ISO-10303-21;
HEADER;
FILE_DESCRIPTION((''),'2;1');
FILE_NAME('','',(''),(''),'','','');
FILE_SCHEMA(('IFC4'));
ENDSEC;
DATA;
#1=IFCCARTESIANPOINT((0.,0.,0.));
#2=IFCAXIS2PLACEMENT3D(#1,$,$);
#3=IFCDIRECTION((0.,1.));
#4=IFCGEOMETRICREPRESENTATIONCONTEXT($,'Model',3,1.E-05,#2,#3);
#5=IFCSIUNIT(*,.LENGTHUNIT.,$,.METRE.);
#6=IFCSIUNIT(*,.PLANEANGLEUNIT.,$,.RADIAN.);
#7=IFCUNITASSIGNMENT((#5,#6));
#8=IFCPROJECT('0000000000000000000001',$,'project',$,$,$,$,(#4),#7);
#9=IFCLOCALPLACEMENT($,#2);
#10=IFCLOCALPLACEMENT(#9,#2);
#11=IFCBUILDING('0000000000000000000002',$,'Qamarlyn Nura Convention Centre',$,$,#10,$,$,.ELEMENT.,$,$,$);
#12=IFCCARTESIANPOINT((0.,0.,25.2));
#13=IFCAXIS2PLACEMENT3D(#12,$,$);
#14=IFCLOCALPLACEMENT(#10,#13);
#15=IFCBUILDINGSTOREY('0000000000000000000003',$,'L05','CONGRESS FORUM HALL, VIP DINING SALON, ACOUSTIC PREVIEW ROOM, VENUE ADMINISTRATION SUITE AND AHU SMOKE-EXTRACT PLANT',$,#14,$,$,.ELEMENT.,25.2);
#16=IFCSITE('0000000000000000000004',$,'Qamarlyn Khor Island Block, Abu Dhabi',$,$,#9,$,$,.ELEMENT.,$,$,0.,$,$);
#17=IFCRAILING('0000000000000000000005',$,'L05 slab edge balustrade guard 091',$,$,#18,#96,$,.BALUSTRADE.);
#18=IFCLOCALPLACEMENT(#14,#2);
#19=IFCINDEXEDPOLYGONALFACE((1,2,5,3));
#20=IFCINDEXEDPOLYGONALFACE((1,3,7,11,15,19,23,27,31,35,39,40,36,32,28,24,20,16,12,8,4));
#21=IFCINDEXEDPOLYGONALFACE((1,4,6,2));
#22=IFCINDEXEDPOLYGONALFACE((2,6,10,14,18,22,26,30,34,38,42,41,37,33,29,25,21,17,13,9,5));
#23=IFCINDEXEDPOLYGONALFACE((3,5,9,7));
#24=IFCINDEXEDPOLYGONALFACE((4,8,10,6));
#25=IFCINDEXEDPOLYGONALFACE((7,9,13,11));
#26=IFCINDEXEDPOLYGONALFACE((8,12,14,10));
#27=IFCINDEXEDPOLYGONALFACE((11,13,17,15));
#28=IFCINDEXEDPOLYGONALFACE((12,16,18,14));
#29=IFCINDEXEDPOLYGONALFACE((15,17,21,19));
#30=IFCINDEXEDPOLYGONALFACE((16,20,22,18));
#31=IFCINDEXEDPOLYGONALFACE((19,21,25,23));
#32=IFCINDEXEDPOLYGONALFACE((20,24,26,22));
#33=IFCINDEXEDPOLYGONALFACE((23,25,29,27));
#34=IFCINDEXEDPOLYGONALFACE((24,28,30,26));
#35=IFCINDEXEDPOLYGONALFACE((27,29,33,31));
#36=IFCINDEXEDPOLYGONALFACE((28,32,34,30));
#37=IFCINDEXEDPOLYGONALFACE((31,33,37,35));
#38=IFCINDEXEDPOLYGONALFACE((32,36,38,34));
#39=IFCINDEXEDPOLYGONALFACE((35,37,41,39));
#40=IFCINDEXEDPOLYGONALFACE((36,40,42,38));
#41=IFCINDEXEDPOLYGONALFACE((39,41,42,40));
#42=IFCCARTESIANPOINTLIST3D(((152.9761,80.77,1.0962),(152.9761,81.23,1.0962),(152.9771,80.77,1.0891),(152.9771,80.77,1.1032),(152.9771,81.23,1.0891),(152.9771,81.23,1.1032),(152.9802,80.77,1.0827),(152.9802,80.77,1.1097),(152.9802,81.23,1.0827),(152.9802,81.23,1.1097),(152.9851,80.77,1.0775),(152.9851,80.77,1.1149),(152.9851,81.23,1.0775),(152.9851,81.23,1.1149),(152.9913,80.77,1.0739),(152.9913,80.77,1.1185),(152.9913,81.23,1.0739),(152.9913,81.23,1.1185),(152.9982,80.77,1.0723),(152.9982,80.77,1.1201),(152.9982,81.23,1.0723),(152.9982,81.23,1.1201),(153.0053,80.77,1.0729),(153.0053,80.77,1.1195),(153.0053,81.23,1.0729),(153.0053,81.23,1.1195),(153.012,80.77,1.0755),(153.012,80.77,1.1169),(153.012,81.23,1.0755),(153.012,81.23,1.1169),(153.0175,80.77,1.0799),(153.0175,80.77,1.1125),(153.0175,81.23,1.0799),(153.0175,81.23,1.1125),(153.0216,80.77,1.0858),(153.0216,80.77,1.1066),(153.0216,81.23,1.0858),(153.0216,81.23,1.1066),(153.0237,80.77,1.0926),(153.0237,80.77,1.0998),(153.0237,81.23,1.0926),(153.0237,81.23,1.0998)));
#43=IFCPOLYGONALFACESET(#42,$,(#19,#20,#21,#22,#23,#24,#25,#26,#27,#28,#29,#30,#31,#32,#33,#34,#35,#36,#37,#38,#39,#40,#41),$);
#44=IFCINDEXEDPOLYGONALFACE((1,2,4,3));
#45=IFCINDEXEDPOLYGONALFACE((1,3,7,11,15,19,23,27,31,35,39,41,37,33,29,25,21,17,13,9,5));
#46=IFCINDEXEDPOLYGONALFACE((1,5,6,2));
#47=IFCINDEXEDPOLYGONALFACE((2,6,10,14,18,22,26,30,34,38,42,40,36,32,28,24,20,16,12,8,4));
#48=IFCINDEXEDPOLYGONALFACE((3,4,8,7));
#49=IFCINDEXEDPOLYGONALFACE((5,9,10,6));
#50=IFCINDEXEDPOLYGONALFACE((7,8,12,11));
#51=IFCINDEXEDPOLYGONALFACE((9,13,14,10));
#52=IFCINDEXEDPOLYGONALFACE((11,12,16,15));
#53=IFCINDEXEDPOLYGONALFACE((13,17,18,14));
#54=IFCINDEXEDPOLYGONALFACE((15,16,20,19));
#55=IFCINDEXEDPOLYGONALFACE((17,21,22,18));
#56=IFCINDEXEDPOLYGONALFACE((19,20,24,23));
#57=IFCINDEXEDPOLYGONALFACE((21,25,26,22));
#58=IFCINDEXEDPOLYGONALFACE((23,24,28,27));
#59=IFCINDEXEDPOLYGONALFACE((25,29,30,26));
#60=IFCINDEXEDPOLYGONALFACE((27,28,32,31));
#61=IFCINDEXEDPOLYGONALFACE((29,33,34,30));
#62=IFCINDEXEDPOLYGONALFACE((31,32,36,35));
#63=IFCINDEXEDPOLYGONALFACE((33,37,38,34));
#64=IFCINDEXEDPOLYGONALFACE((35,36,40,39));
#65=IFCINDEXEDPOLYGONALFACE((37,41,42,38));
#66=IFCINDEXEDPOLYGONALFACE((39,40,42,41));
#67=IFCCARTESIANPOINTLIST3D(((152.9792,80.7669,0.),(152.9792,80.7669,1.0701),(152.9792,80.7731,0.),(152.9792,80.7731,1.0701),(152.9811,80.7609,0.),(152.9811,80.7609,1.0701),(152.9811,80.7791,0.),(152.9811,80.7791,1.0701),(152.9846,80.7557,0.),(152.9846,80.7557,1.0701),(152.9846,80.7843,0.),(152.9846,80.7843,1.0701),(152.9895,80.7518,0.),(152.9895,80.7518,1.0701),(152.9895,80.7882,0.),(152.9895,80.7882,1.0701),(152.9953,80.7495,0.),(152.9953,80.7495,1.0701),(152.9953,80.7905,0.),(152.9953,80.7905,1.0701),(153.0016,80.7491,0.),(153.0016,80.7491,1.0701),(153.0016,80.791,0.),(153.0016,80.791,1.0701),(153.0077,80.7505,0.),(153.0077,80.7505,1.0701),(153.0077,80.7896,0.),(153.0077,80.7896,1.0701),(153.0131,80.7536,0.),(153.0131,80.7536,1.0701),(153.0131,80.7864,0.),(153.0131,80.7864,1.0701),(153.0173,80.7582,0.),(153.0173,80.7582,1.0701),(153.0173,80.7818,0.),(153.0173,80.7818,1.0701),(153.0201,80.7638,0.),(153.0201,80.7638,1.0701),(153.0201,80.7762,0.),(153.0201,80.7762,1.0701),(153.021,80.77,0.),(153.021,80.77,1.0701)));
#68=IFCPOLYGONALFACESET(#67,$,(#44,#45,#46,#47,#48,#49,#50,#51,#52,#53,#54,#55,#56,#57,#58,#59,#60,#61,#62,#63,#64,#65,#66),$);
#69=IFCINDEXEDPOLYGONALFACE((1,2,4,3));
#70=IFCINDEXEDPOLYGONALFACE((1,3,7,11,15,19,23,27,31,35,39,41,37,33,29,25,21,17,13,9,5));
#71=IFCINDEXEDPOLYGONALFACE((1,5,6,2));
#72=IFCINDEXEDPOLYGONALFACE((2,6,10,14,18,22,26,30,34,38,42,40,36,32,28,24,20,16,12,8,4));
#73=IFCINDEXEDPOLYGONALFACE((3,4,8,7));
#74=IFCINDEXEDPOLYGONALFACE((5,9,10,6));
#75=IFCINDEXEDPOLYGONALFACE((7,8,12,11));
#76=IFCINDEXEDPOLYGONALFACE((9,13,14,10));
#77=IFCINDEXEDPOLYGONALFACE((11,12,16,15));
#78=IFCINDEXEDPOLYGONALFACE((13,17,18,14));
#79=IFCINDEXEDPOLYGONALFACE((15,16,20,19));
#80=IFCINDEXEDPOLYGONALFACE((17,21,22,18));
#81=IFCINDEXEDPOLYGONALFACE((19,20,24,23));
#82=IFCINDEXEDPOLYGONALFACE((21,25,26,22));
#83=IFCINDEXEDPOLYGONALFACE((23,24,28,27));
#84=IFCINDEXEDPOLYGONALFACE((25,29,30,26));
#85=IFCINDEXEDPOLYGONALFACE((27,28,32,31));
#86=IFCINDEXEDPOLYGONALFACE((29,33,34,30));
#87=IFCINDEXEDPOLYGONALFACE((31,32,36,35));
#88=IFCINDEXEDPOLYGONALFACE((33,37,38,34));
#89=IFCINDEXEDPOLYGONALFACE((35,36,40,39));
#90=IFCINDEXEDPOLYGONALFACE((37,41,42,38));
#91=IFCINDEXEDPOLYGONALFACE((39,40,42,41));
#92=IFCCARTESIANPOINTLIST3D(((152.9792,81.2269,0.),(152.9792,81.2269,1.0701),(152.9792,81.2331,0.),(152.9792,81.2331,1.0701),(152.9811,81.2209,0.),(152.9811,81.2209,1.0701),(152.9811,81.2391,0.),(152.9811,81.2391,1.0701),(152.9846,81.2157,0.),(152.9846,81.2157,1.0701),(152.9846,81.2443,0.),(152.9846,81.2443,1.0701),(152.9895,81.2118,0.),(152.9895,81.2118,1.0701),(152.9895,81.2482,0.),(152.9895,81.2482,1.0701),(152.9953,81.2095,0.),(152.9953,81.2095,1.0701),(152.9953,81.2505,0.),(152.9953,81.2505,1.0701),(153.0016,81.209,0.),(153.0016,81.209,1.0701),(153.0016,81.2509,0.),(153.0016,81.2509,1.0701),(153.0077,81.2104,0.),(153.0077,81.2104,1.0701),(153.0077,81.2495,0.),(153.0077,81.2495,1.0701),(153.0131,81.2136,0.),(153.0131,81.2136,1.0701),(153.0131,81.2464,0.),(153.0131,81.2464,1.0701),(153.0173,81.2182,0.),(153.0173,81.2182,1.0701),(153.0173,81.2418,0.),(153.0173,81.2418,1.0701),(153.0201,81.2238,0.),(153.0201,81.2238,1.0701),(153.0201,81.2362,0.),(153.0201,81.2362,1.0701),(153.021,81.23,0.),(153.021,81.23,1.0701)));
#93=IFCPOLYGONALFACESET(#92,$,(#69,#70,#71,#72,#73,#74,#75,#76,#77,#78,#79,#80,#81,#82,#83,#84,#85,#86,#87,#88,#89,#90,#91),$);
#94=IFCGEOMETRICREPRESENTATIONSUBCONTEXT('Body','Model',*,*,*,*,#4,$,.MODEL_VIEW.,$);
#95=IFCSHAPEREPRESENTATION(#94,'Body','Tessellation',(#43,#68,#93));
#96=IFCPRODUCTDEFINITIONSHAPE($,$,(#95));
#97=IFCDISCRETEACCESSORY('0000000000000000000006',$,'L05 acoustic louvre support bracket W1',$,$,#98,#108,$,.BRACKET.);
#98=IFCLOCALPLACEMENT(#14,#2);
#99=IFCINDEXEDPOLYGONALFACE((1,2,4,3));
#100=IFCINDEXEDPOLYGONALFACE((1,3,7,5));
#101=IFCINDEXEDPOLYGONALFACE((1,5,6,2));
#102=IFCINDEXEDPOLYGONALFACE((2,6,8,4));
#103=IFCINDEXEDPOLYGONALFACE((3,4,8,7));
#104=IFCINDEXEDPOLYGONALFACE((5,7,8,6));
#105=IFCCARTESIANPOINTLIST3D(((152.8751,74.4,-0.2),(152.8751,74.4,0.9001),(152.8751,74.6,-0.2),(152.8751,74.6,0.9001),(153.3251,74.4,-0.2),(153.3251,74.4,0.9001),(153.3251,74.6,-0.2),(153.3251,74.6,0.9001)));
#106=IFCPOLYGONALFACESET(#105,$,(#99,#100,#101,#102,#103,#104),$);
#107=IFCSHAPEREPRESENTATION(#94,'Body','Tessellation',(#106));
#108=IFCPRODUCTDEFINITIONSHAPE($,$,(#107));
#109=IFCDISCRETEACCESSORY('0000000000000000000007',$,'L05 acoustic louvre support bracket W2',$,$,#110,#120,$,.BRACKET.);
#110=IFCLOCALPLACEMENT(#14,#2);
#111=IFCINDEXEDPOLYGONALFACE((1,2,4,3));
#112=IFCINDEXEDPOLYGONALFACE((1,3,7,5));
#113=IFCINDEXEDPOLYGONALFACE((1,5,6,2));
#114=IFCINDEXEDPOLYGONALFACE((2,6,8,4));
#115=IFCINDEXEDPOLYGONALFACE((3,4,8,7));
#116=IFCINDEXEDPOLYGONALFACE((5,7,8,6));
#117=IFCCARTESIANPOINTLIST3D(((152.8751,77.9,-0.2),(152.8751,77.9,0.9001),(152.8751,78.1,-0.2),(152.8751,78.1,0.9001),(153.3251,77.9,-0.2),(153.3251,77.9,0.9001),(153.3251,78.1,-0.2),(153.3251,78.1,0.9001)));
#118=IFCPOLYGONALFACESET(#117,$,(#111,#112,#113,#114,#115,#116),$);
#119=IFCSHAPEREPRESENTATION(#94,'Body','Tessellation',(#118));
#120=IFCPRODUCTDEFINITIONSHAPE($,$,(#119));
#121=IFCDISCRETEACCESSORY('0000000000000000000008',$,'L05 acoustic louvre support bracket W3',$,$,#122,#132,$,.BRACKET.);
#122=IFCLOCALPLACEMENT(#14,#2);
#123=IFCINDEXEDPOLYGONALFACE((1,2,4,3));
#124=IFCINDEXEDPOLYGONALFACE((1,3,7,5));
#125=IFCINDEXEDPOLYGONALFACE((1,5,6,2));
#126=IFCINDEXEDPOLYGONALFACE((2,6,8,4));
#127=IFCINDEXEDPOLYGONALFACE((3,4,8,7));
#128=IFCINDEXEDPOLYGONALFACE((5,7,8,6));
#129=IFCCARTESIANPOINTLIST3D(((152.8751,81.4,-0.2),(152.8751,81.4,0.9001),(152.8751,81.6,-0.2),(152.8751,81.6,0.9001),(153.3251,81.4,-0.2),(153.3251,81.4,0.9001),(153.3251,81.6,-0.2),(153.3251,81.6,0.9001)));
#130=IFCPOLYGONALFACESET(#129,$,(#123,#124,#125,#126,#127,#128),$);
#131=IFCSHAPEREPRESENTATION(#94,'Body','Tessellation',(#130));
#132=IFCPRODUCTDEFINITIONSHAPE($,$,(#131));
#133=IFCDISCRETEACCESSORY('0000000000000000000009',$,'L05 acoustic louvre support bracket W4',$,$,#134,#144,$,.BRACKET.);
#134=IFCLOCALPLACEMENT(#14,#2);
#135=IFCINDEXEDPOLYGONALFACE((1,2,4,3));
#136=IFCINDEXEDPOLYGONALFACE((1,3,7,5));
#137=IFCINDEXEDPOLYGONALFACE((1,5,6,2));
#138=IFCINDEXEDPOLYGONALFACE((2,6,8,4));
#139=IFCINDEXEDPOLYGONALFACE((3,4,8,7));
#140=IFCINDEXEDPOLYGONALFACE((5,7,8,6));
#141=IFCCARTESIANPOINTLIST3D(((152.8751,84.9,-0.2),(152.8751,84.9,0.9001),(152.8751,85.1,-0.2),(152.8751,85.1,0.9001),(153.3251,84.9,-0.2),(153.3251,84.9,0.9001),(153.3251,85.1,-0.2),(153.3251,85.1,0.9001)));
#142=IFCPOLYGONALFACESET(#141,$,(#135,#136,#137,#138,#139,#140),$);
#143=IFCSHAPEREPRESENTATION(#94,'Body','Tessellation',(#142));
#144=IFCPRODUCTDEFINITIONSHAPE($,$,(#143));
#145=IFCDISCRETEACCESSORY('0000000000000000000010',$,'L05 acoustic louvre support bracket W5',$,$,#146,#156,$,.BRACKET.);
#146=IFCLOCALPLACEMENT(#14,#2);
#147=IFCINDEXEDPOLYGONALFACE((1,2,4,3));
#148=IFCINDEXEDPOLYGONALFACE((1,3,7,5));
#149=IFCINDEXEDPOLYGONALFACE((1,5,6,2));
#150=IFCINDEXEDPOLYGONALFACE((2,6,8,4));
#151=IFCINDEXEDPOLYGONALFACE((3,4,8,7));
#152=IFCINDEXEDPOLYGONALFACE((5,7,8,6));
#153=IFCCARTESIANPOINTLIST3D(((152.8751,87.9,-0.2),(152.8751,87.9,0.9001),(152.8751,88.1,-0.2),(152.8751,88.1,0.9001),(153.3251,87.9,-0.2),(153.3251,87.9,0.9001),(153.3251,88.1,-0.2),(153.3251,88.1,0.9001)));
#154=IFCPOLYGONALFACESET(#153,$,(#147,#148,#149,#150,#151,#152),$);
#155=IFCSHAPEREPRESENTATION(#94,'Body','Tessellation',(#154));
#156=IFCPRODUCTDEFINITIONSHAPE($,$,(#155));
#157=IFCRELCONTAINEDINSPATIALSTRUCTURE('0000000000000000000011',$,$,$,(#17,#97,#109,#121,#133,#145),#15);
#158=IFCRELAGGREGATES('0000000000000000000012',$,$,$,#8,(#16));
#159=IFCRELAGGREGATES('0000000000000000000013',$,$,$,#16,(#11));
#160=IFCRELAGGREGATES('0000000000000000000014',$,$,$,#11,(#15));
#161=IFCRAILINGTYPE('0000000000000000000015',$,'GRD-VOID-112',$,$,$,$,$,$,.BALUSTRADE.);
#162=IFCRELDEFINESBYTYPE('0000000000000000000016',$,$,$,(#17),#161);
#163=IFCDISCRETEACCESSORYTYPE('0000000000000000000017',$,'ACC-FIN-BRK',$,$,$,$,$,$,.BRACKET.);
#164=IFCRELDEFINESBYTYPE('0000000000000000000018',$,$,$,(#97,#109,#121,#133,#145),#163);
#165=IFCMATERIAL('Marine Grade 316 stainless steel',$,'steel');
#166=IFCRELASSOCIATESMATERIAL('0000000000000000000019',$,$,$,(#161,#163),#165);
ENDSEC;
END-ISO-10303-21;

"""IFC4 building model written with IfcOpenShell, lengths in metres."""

from ifc_helpers import new_model, si_unit, direction, frame, origin, origin_2d, place, context, subcontext, project, spatial, rectangle, circle, extrude, material, type_object, element, save


model = new_model("IFC4")

# Units and contexts
model_context = context("Model", 3, precision=1e-05, world=origin(), true_north=direction((0.0, 1.0)))
body_context = subcontext(model_context, "Body", "Model", "MODEL_VIEW")
ifc_project = project(units=[si_unit("LENGTHUNIT", "METRE"), si_unit("PLANEANGLEUNIT", "RADIAN")], contexts=[model_context])

# Site, building, storey
site_placement = place(None, origin())
site = spatial("IfcSite", under=ifc_project, at=site_placement, Name="Qamarlyn Khor Island Block, Abu Dhabi", CompositionType="ELEMENT", RefElevation=0.0)
building_placement = place(site_placement, origin())
building = spatial("IfcBuilding", under=site, at=building_placement, Name="Qamarlyn Nura Convention Centre", CompositionType="ELEMENT")
storey_placement = place(building_placement, frame((0.0, 0.0, 25.2)))
storey = spatial("IfcBuildingStorey", under=building, at=storey_placement, Name="L05", Description="CONGRESS FORUM HALL, VIP DINING SALON, ACOUSTIC PREVIEW ROOM, VENUE ADMINISTRATION SUITE AND AHU SMOKE-EXTRACT PLANT", CompositionType="ELEMENT", Elevation=25.2)

# Shared definitions
ifc_material_1 = material(Name="Marine Grade 316 stainless steel", Category="steel")

# Railing
railing_type = type_object("IfcRailingType", Name="GRD-VOID-112", PredefinedType="BALUSTRADE", material=ifc_material_1)
railing_placement = place(storey_placement, frame((153.0, 80.77, 0.0)))
element("IfcRailing", 1, at=railing_placement, inside=storey, type_object=railing_type, Name="L05 slab edge balustrade guard 091", PredefinedType="BALUSTRADE", context=body_context, shape_type="SweptSolid", body=[
    extrude(circle(Radius=0.0239, at=origin_2d()), frame((0.0, 0.0, 1.0962), z_axis=(0.0, 1.0, 0.0), x_axis=(-1.0, 0.0, 0.0)), (0.0, 0.0, 1.0), 0.46),
    extrude(circle(Radius=0.021, at=origin_2d()), origin(), (0.0, 0.0, 1.0), 1.0701),
    extrude(circle(Radius=0.021, at=origin_2d()), frame((0.0, 0.46, 0.0)), (0.0, 0.0, 1.0), 1.0701),
])

# Discrete accessories
discrete_accessory_type = type_object("IfcDiscreteAccessoryType", Name="ACC-FIN-BRK", PredefinedType="BRACKET", material=ifc_material_1)
for number, where, z_axis, x_axis, name in (
    (2, (153.1001, 74.5, -0.2), (0.0, 0.0, 1.0), (1.0, 0.0, 0.0), "L05 acoustic louvre support bracket W1"),
    (3, (153.1001, 78.0, -0.2), (0.0, 0.0, 1.0), (1.0, 0.0, 0.0), "L05 acoustic louvre support bracket W2"),
    (4, (153.1001, 81.5, -0.2), (0.0, 0.0, 1.0), (1.0, 0.0, 0.0), "L05 acoustic louvre support bracket W3"),
    (5, (153.1001, 85.0, -0.2), (0.0, 0.0, 1.0), (1.0, 0.0, 0.0), "L05 acoustic louvre support bracket W4"),
    (6, (153.1001, 88.0, -0.2), (0.0, 0.0, 1.0), (1.0, 0.0, 0.0), "L05 acoustic louvre support bracket W5"),
):
    element("IfcDiscreteAccessory", number, at=place(storey_placement, frame(where, z_axis=z_axis, x_axis=x_axis)), inside=storey, type_object=discrete_accessory_type, Name=name, PredefinedType="BRACKET", context=body_context, shape_type="SweptSolid", body=[
        extrude(rectangle(XDim=0.45, YDim=0.2, at=origin_2d()), origin(), (0.0, 0.0, 1.0), 1.1001),
    ])

save(model, "model.ifc")
